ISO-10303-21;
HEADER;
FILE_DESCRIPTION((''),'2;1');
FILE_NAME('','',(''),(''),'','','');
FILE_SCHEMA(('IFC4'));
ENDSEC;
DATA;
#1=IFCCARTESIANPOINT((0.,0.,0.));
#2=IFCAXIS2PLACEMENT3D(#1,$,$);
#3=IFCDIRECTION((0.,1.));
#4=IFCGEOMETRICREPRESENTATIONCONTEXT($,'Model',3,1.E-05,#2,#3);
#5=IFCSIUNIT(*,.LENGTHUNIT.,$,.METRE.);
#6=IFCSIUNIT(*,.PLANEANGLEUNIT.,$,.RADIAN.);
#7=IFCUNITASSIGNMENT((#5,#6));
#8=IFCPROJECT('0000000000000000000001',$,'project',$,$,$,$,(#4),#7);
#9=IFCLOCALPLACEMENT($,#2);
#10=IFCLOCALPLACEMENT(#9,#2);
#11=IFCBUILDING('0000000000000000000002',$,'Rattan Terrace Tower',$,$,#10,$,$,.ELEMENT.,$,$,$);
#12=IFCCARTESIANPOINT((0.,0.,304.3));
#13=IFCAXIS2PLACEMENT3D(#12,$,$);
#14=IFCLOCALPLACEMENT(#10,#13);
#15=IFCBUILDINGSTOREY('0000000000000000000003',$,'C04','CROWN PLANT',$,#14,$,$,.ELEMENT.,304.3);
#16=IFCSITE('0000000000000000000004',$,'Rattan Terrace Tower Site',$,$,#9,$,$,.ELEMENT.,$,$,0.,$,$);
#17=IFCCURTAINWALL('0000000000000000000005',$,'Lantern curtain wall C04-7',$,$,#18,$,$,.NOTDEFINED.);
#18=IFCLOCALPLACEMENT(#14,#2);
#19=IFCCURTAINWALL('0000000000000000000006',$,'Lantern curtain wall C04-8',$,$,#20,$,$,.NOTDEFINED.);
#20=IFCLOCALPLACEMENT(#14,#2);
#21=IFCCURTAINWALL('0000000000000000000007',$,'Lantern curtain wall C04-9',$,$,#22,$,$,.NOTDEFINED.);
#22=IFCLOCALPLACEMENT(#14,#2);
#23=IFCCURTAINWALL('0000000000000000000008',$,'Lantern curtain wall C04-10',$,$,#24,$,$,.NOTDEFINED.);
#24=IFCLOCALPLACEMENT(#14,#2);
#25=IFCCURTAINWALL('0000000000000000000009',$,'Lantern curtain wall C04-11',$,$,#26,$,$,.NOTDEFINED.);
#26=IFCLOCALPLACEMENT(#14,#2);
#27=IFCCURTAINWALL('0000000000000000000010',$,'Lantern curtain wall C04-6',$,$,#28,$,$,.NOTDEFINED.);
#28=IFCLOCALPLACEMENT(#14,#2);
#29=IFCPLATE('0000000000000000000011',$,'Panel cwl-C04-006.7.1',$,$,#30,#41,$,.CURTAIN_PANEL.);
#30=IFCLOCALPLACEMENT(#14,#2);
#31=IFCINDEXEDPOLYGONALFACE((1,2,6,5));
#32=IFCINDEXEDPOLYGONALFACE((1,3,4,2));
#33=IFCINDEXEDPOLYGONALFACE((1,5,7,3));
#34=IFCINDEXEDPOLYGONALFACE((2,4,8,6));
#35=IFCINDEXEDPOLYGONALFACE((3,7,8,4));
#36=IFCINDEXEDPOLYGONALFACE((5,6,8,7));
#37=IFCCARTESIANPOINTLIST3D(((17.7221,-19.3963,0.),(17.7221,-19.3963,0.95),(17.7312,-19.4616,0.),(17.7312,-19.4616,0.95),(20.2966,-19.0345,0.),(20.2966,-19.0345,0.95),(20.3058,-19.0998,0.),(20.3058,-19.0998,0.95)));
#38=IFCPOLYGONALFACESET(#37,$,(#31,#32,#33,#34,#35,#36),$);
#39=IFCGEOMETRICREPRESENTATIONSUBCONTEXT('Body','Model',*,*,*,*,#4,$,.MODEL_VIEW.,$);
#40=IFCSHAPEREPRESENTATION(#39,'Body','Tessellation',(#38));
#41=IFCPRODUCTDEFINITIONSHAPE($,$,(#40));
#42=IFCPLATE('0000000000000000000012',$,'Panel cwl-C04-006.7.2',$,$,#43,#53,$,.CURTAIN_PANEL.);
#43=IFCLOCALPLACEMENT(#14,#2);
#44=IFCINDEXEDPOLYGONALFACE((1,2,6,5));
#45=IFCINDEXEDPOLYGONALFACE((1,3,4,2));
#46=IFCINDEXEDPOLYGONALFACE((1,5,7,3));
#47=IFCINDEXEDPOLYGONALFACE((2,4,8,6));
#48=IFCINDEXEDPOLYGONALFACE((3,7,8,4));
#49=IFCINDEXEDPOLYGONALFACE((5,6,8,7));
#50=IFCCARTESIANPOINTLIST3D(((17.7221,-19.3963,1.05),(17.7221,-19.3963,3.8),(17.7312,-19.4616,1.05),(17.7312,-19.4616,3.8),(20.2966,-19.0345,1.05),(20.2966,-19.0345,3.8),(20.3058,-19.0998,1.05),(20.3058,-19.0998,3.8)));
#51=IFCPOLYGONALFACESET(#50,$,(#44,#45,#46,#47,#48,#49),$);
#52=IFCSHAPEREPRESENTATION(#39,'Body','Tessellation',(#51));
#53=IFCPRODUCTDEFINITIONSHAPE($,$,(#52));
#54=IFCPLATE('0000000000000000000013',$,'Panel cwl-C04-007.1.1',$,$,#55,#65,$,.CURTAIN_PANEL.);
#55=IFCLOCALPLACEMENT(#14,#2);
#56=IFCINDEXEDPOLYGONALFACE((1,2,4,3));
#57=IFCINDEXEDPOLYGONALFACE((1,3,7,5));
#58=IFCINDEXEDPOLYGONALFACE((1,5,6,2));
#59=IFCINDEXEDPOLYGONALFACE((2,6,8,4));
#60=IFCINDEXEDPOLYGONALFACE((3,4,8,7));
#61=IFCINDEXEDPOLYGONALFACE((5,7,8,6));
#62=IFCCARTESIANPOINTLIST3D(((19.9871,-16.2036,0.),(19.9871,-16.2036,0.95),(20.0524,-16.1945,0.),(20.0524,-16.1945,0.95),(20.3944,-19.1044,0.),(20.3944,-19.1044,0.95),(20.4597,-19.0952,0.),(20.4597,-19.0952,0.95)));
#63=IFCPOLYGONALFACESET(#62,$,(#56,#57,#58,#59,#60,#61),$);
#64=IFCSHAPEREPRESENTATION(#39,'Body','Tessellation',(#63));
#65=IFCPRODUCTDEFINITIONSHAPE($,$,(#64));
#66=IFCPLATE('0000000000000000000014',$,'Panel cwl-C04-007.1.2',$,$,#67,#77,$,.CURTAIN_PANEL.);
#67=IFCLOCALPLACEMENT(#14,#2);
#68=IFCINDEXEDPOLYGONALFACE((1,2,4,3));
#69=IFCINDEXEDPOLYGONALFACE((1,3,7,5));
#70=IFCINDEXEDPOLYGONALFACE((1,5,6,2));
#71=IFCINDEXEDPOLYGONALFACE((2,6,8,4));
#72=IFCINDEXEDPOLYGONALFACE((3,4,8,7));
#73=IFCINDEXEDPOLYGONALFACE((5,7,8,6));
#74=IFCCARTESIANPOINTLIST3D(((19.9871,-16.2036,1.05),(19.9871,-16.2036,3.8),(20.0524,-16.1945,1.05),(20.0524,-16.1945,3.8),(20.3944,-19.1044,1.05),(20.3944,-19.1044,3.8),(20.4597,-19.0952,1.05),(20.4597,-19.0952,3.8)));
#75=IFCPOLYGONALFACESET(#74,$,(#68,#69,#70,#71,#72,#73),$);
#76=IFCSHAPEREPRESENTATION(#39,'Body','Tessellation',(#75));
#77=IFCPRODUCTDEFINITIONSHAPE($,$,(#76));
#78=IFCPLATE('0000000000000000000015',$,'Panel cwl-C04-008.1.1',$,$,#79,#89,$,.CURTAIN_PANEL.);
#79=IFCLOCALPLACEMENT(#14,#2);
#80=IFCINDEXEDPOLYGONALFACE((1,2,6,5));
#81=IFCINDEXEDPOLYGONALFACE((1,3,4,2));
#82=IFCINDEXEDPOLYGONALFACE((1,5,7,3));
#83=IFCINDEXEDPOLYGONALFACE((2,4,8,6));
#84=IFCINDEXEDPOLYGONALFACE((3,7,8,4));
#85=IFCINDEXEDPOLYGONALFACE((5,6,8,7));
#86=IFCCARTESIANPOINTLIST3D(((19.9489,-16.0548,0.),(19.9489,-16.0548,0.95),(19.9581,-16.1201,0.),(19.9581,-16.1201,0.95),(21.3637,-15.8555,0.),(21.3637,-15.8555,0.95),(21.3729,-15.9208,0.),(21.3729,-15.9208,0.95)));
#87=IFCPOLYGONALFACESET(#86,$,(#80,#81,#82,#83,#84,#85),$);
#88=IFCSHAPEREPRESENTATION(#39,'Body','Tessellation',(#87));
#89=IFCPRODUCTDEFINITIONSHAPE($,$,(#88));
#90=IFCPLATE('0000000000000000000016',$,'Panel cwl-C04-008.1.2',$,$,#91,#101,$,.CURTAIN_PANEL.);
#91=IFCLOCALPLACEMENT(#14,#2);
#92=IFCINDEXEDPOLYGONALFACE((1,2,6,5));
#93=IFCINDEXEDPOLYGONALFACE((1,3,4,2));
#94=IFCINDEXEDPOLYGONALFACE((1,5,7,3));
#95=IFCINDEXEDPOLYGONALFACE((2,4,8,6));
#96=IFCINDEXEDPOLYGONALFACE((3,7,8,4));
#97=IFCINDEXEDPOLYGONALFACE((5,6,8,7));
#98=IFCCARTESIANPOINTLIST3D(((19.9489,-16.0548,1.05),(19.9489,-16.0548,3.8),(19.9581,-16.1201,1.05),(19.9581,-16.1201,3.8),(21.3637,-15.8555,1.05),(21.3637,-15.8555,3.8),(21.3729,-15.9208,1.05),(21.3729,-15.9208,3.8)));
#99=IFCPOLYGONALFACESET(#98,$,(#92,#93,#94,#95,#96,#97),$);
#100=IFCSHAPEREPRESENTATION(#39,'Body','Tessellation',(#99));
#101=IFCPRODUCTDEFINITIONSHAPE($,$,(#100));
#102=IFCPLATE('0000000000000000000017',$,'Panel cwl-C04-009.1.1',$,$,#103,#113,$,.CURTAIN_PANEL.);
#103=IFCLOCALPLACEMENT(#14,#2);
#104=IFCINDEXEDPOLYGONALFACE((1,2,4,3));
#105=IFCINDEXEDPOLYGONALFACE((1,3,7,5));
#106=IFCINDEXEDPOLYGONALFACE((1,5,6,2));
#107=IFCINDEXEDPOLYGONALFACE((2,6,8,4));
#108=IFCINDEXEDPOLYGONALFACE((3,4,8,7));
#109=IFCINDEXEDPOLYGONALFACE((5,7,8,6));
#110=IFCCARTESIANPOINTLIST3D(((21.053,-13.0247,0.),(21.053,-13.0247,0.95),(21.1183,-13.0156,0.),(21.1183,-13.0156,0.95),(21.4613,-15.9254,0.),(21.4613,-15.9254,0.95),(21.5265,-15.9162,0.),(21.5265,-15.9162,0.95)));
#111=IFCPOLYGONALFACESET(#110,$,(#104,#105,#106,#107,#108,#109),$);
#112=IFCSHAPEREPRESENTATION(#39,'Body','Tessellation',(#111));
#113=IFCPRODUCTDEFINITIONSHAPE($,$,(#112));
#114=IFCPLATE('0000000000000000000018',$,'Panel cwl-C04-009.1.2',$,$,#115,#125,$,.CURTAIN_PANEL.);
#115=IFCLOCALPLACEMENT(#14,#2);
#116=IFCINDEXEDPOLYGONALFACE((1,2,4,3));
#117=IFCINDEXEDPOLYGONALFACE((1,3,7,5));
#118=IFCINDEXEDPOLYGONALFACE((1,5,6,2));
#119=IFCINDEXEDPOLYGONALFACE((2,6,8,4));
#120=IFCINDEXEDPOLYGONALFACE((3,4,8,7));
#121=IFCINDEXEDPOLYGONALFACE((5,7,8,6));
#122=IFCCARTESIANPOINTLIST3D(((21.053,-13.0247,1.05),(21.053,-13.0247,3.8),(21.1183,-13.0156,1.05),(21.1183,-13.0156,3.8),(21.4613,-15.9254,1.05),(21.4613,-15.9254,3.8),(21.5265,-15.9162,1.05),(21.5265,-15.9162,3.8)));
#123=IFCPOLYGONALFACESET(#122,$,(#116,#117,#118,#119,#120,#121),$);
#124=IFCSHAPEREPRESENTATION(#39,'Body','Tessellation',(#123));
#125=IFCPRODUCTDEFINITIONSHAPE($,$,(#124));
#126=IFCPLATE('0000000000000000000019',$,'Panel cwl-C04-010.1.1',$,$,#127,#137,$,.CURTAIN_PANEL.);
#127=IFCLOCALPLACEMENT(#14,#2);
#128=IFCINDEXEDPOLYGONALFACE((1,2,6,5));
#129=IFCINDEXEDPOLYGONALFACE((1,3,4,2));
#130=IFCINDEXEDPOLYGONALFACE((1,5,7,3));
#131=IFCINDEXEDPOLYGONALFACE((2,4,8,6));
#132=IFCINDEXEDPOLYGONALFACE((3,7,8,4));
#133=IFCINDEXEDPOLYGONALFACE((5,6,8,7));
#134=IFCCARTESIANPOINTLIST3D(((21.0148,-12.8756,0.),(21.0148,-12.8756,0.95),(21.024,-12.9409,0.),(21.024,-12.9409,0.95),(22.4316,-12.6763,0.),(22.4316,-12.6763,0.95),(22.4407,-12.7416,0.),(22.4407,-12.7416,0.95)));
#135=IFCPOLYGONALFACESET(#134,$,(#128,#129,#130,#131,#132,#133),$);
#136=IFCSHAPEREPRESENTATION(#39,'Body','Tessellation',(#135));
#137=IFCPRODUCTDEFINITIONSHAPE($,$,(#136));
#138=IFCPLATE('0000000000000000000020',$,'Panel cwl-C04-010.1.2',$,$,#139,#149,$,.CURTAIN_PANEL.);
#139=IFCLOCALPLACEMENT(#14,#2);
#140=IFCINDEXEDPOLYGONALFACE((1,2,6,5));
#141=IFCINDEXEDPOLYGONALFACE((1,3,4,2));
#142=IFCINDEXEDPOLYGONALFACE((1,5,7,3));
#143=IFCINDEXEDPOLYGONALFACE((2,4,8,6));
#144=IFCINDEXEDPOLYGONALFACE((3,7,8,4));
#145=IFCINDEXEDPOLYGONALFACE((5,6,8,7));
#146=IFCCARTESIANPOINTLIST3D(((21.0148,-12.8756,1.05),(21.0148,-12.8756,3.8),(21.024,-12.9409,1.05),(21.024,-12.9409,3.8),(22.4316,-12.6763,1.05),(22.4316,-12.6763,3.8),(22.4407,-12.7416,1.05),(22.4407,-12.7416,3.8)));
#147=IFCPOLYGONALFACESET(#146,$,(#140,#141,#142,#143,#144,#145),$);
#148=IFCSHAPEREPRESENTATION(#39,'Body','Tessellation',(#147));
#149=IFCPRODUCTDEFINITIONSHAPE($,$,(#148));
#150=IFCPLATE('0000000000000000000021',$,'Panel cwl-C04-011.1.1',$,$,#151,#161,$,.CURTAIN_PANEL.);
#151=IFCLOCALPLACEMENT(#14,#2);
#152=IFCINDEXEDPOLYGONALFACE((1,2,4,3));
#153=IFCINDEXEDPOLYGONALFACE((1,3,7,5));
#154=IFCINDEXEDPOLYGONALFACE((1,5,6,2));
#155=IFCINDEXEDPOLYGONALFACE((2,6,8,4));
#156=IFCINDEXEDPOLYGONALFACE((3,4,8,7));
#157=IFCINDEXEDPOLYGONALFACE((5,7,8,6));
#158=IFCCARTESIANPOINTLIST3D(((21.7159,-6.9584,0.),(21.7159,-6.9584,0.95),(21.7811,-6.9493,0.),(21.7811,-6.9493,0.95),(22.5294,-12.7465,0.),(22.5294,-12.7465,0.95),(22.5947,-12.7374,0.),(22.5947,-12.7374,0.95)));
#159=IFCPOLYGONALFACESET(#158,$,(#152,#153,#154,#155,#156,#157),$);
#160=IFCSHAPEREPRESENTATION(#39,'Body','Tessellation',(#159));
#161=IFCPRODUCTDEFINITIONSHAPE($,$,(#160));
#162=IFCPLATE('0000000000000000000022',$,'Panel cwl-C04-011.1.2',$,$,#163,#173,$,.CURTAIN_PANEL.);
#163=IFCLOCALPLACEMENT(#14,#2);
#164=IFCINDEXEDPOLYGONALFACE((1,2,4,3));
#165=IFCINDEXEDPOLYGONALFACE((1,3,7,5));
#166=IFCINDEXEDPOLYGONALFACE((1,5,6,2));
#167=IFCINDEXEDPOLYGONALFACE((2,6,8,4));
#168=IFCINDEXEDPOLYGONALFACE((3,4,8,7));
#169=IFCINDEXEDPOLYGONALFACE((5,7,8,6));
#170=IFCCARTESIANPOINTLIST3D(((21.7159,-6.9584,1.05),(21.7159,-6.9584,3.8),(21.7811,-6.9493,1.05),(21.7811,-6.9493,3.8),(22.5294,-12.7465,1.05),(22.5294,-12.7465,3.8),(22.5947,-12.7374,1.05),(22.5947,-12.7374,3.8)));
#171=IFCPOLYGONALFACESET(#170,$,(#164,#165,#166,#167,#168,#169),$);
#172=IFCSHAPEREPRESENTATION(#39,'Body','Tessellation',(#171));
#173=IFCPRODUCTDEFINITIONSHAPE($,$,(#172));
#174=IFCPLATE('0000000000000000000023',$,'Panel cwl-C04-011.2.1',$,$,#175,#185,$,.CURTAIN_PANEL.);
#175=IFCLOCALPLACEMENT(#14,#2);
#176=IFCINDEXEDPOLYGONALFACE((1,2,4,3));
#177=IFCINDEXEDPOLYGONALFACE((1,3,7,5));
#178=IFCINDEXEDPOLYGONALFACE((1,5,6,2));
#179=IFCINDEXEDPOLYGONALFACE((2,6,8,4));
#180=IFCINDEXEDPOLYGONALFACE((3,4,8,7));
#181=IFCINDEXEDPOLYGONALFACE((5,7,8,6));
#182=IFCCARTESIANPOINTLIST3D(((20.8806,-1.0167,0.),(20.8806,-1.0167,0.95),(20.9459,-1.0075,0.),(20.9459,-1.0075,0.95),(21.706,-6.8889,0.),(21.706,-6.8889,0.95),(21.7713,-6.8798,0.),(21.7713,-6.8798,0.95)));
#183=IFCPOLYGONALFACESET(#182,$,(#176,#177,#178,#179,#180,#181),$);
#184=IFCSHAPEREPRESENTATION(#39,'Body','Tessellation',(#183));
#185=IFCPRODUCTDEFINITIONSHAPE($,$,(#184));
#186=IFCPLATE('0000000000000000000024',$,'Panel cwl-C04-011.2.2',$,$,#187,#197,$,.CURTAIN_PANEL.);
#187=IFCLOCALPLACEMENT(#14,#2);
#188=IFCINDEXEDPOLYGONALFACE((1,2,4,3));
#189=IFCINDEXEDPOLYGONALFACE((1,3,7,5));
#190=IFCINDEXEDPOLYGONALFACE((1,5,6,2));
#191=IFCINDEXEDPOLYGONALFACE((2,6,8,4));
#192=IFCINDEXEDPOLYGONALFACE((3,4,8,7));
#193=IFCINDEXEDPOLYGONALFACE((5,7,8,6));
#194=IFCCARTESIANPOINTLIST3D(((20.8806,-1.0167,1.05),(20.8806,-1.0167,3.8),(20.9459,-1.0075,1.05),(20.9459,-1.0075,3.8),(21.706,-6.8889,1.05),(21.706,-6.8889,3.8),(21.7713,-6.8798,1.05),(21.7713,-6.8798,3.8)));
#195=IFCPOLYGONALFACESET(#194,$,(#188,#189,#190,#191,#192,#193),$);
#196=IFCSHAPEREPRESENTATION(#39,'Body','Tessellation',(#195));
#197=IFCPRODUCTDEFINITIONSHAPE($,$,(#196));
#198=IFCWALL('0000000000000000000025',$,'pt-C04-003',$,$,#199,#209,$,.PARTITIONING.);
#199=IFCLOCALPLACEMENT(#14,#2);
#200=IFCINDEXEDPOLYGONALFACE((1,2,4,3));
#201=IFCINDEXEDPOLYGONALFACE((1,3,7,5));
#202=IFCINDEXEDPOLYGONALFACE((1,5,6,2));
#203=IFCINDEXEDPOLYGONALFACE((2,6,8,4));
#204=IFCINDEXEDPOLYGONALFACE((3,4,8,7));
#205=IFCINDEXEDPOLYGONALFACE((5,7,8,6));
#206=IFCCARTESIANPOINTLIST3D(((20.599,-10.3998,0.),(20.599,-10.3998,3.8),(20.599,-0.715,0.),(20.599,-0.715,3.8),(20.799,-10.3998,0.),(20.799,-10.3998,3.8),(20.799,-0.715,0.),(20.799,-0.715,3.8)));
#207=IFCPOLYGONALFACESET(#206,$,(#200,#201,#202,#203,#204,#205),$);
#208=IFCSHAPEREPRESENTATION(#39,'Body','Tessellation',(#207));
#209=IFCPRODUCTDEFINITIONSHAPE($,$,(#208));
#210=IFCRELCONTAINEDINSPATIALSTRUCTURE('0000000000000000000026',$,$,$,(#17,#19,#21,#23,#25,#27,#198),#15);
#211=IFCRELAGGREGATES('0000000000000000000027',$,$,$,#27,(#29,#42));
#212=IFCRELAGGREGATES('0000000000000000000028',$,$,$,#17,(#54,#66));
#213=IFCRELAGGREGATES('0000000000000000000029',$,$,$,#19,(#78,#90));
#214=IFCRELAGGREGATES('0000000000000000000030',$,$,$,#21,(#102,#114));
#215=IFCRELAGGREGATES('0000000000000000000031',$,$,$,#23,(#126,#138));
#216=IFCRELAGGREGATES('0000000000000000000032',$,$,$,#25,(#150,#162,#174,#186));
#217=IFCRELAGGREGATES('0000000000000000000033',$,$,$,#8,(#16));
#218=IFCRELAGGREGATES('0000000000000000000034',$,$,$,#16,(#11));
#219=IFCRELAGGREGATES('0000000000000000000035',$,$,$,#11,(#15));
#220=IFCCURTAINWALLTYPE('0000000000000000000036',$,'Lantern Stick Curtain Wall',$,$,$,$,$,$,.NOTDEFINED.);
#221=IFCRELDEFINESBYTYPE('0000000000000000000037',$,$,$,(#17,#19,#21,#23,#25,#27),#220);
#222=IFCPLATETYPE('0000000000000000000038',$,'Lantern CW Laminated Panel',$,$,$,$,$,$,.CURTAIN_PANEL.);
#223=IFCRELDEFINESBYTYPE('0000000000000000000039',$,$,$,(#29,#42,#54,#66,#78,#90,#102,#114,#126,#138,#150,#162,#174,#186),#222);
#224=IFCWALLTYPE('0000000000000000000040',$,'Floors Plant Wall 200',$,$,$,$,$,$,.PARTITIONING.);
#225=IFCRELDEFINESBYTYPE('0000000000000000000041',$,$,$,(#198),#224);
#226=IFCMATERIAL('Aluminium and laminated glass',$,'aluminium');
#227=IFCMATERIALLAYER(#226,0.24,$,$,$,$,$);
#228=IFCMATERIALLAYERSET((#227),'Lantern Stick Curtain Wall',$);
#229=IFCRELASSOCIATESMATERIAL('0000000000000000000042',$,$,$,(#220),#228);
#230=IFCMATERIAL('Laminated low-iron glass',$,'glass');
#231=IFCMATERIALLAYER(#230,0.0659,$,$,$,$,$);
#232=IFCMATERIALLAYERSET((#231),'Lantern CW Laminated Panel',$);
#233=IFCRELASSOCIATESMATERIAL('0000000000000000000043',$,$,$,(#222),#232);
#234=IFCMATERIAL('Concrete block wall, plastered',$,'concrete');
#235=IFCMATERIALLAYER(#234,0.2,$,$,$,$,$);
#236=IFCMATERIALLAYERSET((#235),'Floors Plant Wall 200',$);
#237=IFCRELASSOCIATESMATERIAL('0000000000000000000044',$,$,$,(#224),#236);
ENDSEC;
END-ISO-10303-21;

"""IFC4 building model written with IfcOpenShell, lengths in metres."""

from ifc_helpers import new_model, si_unit, direction, frame, frame_2d, origin, origin_2d, place, context, subcontext, project, spatial, rectangle, extrude, material, layer, layer_set, type_object, element, aggregate, save


model = new_model("IFC4")

# Units and contexts
model_context = context("Model", 3, precision=1e-05, world=origin(), true_north=direction((0.0, 1.0)))
body_context = subcontext(model_context, "Body", "Model", "MODEL_VIEW")
ifc_project = project(units=[si_unit("LENGTHUNIT", "METRE"), si_unit("PLANEANGLEUNIT", "RADIAN")], contexts=[model_context])

# Site, building, storey
site_placement = place(None, origin())
site = spatial("IfcSite", under=ifc_project, at=site_placement, Name="Rattan Terrace Tower Site", CompositionType="ELEMENT", RefElevation=0.0)
building_placement = place(site_placement, origin())
building = spatial("IfcBuilding", under=site, at=building_placement, Name="Rattan Terrace Tower", CompositionType="ELEMENT")
storey_placement = place(building_placement, frame((0.0, 0.0, 304.3)))
storey = spatial("IfcBuildingStorey", under=building, at=storey_placement, Name="C04", Description="CROWN PLANT", CompositionType="ELEMENT", Elevation=304.3)

# Curtain walls
ifc_material_1 = material(Name="Aluminium and laminated glass", Category="aluminium")
ifc_layer_1 = layer(ifc_material_1, 0.24)
ifc_layer_set_1 = layer_set([ifc_layer_1], Name="Lantern Stick Curtain Wall")
curtain_wall_type = type_object("IfcCurtainWallType", Name="Lantern Stick Curtain Wall", PredefinedType="NOTDEFINED", material=ifc_layer_set_1)
curtain_wall_1_placement = place(storey_placement, origin())
curtain_wall_1 = element("IfcCurtainWall", 1, at=curtain_wall_1_placement, inside=storey, type_object=curtain_wall_type, Name="Lantern curtain wall C04-7", PredefinedType="NOTDEFINED")
curtain_wall_2_placement = place(storey_placement, origin())
curtain_wall_2 = element("IfcCurtainWall", 2, at=curtain_wall_2_placement, inside=storey, type_object=curtain_wall_type, Name="Lantern curtain wall C04-8", PredefinedType="NOTDEFINED")
curtain_wall_3_placement = place(storey_placement, origin())
curtain_wall_3 = element("IfcCurtainWall", 3, at=curtain_wall_3_placement, inside=storey, type_object=curtain_wall_type, Name="Lantern curtain wall C04-9", PredefinedType="NOTDEFINED")
curtain_wall_4_placement = place(storey_placement, origin())
curtain_wall_4 = element("IfcCurtainWall", 4, at=curtain_wall_4_placement, inside=storey, type_object=curtain_wall_type, Name="Lantern curtain wall C04-10", PredefinedType="NOTDEFINED")

# Curtain wall
curtain_wall_5_placement = place(storey_placement, origin())
curtain_wall_5 = element("IfcCurtainWall", 5, at=curtain_wall_5_placement, inside=storey, type_object=curtain_wall_type, Name="Lantern curtain wall C04-11", PredefinedType="NOTDEFINED")

# Curtain wall, plates
curtain_wall_6_placement = place(storey_placement, origin())
curtain_wall_6 = element("IfcCurtainWall", 6, at=curtain_wall_6_placement, inside=storey, type_object=curtain_wall_type, Name="Lantern curtain wall C04-6", PredefinedType="NOTDEFINED")
ifc_material_2 = material(Name="Laminated low-iron glass", Category="glass")
ifc_layer_2 = layer(ifc_material_2, 0.0659)
ifc_layer_set_2 = layer_set([ifc_layer_2], Name="Lantern CW Laminated Panel")
plate_type = type_object("IfcPlateType", Name="Lantern CW Laminated Panel", PredefinedType="CURTAIN_PANEL", material=ifc_layer_set_2)
plate_1_placement = place(storey_placement, frame((19.0139, -19.248, 0.0), z_axis=(0.0, 0.0, 1.0), x_axis=(0.990267, 0.139181, 0.0)))
plate_1 = element("IfcPlate", 7, at=plate_1_placement, type_object=plate_type, Name="Panel cwl-C04-006.7.1", PredefinedType="CURTAIN_PANEL", context=body_context, shape_type="SweptSolid", body=[
    extrude(rectangle(XDim=2.5999, YDim=0.0659, at=origin_2d()), origin(), (0.0, 0.0, 1.0), 0.95),
])
plate_2_placement = place(storey_placement, frame((19.0139, -19.248, 1.05), z_axis=(0.0, 0.0, 1.0), x_axis=(0.990267, 0.139181, 0.0)))
plate_2 = element("IfcPlate", 8, at=plate_2_placement, type_object=plate_type, Name="Panel cwl-C04-006.7.2", PredefinedType="CURTAIN_PANEL", context=body_context, shape_type="SweptSolid", body=[
    extrude(rectangle(XDim=2.5999, YDim=0.0659, at=origin_2d()), origin(), (0.0, 0.0, 1.0), 2.75),
])
aggregate(curtain_wall_6, [plate_1, plate_2])

# Plates
plate_3_placement = place(storey_placement, frame((20.2234, -17.6494, 0.0), z_axis=(0.0, 0.0, 1.0), x_axis=(-0.13904, 0.990287, 0.0)))
plate_3 = element("IfcPlate", 9, at=plate_3_placement, type_object=plate_type, Name="Panel cwl-C04-007.1.1", PredefinedType="CURTAIN_PANEL", context=body_context, shape_type="SweptSolid", body=[
    extrude(rectangle(XDim=2.9292, YDim=0.0659, at=origin_2d()), origin(), (0.0, 0.0, 1.0), 0.95),
])
plate_4_placement = place(storey_placement, frame((20.2234, -17.6494, 1.05), z_axis=(0.0, 0.0, 1.0), x_axis=(-0.13904, 0.990287, 0.0)))
plate_4 = element("IfcPlate", 10, at=plate_4_placement, type_object=plate_type, Name="Panel cwl-C04-007.1.2", PredefinedType="CURTAIN_PANEL", context=body_context, shape_type="SweptSolid", body=[
    extrude(rectangle(XDim=2.9292, YDim=0.0659, at=origin_2d()), origin(), (0.0, 0.0, 1.0), 2.75),
])
aggregate(curtain_wall_1, [plate_3, plate_4])
plate_5_placement = place(storey_placement, frame((20.6609, -15.9878, 0.0), z_axis=(0.0, 0.0, 1.0), x_axis=(0.990228, 0.139459, 0.0)))
plate_5 = element("IfcPlate", 11, at=plate_5_placement, type_object=plate_type, Name="Panel cwl-C04-008.1.1", PredefinedType="CURTAIN_PANEL", context=body_context, shape_type="SweptSolid", body=[
    extrude(rectangle(XDim=1.4287, YDim=0.0659, at=origin_2d()), origin(), (0.0, 0.0, 1.0), 0.95),
])
plate_6_placement = place(storey_placement, frame((20.6609, -15.9878, 1.05), z_axis=(0.0, 0.0, 1.0), x_axis=(0.990228, 0.139459, 0.0)))
plate_6 = element("IfcPlate", 12, at=plate_6_placement, type_object=plate_type, Name="Panel cwl-C04-008.1.2", PredefinedType="CURTAIN_PANEL", context=body_context, shape_type="SweptSolid", body=[
    extrude(rectangle(XDim=1.4287, YDim=0.0659, at=origin_2d()), origin(), (0.0, 0.0, 1.0), 2.75),
])
aggregate(curtain_wall_2, [plate_5, plate_6])
plate_7_placement = place(storey_placement, frame((21.2898, -14.4705, 0.0), z_axis=(0.0, 0.0, 1.0), x_axis=(-0.139367, 0.990241, 0.0)))
plate_7 = element("IfcPlate", 13, at=plate_7_placement, type_object=plate_type, Name="Panel cwl-C04-009.1.1", PredefinedType="CURTAIN_PANEL", context=body_context, shape_type="SweptSolid", body=[
    extrude(rectangle(XDim=2.9292, YDim=0.0659, at=origin_2d()), origin(), (0.0, 0.0, 1.0), 0.95),
])
plate_8_placement = place(storey_placement, frame((21.2898, -14.4705, 1.05), z_axis=(0.0, 0.0, 1.0), x_axis=(-0.139367, 0.990241, 0.0)))
plate_8 = element("IfcPlate", 14, at=plate_8_placement, type_object=plate_type, Name="Panel cwl-C04-009.1.2", PredefinedType="CURTAIN_PANEL", context=body_context, shape_type="SweptSolid", body=[
    extrude(rectangle(XDim=2.9292, YDim=0.0659, at=origin_2d()), origin(), (0.0, 0.0, 1.0), 2.75),
])
aggregate(curtain_wall_3, [plate_7, plate_8])
plate_9_placement = place(storey_placement, frame((21.7278, -12.8086, 0.0), z_axis=(0.0, 0.0, 1.0), x_axis=(0.990254, 0.139275, 0.0)))
plate_9 = element("IfcPlate", 15, at=plate_9_placement, type_object=plate_type, Name="Panel cwl-C04-010.1.1", PredefinedType="CURTAIN_PANEL", context=body_context, shape_type="SweptSolid", body=[
    extrude(rectangle(XDim=1.4307, YDim=0.0659, at=origin_2d()), origin(), (0.0, 0.0, 1.0), 0.95),
])
plate_10_placement = place(storey_placement, frame((21.7278, -12.8086, 1.05), z_axis=(0.0, 0.0, 1.0), x_axis=(0.990254, 0.139275, 0.0)))
plate_10 = element("IfcPlate", 16, at=plate_10_placement, type_object=plate_type, Name="Panel cwl-C04-010.1.2", PredefinedType="CURTAIN_PANEL", context=body_context, shape_type="SweptSolid", body=[
    extrude(rectangle(XDim=1.4307, YDim=0.0659, at=origin_2d()), origin(), (0.0, 0.0, 1.0), 2.75),
])
aggregate(curtain_wall_4, [plate_9, plate_10])
plate_11_placement = place(storey_placement, frame((22.1553, -9.8479, 0.0), z_axis=(0.0, 0.0, 1.0), x_axis=(-0.139188, 0.990266, 0.0)))
plate_11 = element("IfcPlate", 17, at=plate_11_placement, type_object=plate_type, Name="Panel cwl-C04-011.1.1", PredefinedType="CURTAIN_PANEL", context=body_context, shape_type="SweptSolid", body=[
    extrude(rectangle(XDim=5.845, YDim=0.0659, at=origin_2d()), origin(), (0.0, 0.0, 1.0), 0.95),
])
plate_12_placement = place(storey_placement, frame((22.1553, -9.8479, 1.05), z_axis=(0.0, 0.0, 1.0), x_axis=(-0.139188, 0.990266, 0.0)))
plate_12 = element("IfcPlate", 18, at=plate_12_placement, type_object=plate_type, Name="Panel cwl-C04-011.1.2", PredefinedType="CURTAIN_PANEL", context=body_context, shape_type="SweptSolid", body=[
    extrude(rectangle(XDim=5.845, YDim=0.0659, at=origin_2d()), origin(), (0.0, 0.0, 1.0), 2.75),
])
plate_13_placement = place(storey_placement, frame((21.3259, -3.9482, 0.0), z_axis=(0.0, 0.0, 1.0), x_axis=(-0.139188, 0.990266, 0.0)))
plate_13 = element("IfcPlate", 19, at=plate_13_placement, type_object=plate_type, Name="Panel cwl-C04-011.2.1", PredefinedType="CURTAIN_PANEL", context=body_context, shape_type="SweptSolid", body=[
    extrude(rectangle(XDim=5.9299, YDim=0.0659, at=origin_2d()), origin(), (0.0, 0.0, 1.0), 0.95),
])
plate_14_placement = place(storey_placement, frame((21.3259, -3.9482, 1.05), z_axis=(0.0, 0.0, 1.0), x_axis=(-0.139188, 0.990266, 0.0)))
plate_14 = element("IfcPlate", 20, at=plate_14_placement, type_object=plate_type, Name="Panel cwl-C04-011.2.2", PredefinedType="CURTAIN_PANEL", context=body_context, shape_type="SweptSolid", body=[
    extrude(rectangle(XDim=5.9299, YDim=0.0659, at=origin_2d()), origin(), (0.0, 0.0, 1.0), 2.75),
])
aggregate(curtain_wall_5, [plate_11, plate_12, plate_13, plate_14])

# Wall
ifc_material_3 = material(Name="Concrete block wall, plastered", Category="concrete")
ifc_layer_3 = layer(ifc_material_3, 0.2)
ifc_layer_set_3 = layer_set([ifc_layer_3], Name="Floors Plant Wall 200")
wall_type = type_object("IfcWallType", Name="Floors Plant Wall 200", PredefinedType="PARTITIONING", material=ifc_layer_set_3)
wall_1_placement = place(storey_placement, frame((20.699, -0.7151, 0.0), z_axis=(0.0, 0.0, 1.0), x_axis=(0.0, -1.0, 0.0)))
element("IfcWall", 21, at=wall_1_placement, inside=storey, type_object=wall_type, Name="pt-C04-003", PredefinedType="PARTITIONING", context=body_context, shape_type="SweptSolid", body=[
    extrude(rectangle(XDim=9.6848, YDim=0.2, at=frame_2d((4.8423, 0.0))), origin(), (0.0, 0.0, 1.0), 3.8),
])

save(model, "model.ifc")
